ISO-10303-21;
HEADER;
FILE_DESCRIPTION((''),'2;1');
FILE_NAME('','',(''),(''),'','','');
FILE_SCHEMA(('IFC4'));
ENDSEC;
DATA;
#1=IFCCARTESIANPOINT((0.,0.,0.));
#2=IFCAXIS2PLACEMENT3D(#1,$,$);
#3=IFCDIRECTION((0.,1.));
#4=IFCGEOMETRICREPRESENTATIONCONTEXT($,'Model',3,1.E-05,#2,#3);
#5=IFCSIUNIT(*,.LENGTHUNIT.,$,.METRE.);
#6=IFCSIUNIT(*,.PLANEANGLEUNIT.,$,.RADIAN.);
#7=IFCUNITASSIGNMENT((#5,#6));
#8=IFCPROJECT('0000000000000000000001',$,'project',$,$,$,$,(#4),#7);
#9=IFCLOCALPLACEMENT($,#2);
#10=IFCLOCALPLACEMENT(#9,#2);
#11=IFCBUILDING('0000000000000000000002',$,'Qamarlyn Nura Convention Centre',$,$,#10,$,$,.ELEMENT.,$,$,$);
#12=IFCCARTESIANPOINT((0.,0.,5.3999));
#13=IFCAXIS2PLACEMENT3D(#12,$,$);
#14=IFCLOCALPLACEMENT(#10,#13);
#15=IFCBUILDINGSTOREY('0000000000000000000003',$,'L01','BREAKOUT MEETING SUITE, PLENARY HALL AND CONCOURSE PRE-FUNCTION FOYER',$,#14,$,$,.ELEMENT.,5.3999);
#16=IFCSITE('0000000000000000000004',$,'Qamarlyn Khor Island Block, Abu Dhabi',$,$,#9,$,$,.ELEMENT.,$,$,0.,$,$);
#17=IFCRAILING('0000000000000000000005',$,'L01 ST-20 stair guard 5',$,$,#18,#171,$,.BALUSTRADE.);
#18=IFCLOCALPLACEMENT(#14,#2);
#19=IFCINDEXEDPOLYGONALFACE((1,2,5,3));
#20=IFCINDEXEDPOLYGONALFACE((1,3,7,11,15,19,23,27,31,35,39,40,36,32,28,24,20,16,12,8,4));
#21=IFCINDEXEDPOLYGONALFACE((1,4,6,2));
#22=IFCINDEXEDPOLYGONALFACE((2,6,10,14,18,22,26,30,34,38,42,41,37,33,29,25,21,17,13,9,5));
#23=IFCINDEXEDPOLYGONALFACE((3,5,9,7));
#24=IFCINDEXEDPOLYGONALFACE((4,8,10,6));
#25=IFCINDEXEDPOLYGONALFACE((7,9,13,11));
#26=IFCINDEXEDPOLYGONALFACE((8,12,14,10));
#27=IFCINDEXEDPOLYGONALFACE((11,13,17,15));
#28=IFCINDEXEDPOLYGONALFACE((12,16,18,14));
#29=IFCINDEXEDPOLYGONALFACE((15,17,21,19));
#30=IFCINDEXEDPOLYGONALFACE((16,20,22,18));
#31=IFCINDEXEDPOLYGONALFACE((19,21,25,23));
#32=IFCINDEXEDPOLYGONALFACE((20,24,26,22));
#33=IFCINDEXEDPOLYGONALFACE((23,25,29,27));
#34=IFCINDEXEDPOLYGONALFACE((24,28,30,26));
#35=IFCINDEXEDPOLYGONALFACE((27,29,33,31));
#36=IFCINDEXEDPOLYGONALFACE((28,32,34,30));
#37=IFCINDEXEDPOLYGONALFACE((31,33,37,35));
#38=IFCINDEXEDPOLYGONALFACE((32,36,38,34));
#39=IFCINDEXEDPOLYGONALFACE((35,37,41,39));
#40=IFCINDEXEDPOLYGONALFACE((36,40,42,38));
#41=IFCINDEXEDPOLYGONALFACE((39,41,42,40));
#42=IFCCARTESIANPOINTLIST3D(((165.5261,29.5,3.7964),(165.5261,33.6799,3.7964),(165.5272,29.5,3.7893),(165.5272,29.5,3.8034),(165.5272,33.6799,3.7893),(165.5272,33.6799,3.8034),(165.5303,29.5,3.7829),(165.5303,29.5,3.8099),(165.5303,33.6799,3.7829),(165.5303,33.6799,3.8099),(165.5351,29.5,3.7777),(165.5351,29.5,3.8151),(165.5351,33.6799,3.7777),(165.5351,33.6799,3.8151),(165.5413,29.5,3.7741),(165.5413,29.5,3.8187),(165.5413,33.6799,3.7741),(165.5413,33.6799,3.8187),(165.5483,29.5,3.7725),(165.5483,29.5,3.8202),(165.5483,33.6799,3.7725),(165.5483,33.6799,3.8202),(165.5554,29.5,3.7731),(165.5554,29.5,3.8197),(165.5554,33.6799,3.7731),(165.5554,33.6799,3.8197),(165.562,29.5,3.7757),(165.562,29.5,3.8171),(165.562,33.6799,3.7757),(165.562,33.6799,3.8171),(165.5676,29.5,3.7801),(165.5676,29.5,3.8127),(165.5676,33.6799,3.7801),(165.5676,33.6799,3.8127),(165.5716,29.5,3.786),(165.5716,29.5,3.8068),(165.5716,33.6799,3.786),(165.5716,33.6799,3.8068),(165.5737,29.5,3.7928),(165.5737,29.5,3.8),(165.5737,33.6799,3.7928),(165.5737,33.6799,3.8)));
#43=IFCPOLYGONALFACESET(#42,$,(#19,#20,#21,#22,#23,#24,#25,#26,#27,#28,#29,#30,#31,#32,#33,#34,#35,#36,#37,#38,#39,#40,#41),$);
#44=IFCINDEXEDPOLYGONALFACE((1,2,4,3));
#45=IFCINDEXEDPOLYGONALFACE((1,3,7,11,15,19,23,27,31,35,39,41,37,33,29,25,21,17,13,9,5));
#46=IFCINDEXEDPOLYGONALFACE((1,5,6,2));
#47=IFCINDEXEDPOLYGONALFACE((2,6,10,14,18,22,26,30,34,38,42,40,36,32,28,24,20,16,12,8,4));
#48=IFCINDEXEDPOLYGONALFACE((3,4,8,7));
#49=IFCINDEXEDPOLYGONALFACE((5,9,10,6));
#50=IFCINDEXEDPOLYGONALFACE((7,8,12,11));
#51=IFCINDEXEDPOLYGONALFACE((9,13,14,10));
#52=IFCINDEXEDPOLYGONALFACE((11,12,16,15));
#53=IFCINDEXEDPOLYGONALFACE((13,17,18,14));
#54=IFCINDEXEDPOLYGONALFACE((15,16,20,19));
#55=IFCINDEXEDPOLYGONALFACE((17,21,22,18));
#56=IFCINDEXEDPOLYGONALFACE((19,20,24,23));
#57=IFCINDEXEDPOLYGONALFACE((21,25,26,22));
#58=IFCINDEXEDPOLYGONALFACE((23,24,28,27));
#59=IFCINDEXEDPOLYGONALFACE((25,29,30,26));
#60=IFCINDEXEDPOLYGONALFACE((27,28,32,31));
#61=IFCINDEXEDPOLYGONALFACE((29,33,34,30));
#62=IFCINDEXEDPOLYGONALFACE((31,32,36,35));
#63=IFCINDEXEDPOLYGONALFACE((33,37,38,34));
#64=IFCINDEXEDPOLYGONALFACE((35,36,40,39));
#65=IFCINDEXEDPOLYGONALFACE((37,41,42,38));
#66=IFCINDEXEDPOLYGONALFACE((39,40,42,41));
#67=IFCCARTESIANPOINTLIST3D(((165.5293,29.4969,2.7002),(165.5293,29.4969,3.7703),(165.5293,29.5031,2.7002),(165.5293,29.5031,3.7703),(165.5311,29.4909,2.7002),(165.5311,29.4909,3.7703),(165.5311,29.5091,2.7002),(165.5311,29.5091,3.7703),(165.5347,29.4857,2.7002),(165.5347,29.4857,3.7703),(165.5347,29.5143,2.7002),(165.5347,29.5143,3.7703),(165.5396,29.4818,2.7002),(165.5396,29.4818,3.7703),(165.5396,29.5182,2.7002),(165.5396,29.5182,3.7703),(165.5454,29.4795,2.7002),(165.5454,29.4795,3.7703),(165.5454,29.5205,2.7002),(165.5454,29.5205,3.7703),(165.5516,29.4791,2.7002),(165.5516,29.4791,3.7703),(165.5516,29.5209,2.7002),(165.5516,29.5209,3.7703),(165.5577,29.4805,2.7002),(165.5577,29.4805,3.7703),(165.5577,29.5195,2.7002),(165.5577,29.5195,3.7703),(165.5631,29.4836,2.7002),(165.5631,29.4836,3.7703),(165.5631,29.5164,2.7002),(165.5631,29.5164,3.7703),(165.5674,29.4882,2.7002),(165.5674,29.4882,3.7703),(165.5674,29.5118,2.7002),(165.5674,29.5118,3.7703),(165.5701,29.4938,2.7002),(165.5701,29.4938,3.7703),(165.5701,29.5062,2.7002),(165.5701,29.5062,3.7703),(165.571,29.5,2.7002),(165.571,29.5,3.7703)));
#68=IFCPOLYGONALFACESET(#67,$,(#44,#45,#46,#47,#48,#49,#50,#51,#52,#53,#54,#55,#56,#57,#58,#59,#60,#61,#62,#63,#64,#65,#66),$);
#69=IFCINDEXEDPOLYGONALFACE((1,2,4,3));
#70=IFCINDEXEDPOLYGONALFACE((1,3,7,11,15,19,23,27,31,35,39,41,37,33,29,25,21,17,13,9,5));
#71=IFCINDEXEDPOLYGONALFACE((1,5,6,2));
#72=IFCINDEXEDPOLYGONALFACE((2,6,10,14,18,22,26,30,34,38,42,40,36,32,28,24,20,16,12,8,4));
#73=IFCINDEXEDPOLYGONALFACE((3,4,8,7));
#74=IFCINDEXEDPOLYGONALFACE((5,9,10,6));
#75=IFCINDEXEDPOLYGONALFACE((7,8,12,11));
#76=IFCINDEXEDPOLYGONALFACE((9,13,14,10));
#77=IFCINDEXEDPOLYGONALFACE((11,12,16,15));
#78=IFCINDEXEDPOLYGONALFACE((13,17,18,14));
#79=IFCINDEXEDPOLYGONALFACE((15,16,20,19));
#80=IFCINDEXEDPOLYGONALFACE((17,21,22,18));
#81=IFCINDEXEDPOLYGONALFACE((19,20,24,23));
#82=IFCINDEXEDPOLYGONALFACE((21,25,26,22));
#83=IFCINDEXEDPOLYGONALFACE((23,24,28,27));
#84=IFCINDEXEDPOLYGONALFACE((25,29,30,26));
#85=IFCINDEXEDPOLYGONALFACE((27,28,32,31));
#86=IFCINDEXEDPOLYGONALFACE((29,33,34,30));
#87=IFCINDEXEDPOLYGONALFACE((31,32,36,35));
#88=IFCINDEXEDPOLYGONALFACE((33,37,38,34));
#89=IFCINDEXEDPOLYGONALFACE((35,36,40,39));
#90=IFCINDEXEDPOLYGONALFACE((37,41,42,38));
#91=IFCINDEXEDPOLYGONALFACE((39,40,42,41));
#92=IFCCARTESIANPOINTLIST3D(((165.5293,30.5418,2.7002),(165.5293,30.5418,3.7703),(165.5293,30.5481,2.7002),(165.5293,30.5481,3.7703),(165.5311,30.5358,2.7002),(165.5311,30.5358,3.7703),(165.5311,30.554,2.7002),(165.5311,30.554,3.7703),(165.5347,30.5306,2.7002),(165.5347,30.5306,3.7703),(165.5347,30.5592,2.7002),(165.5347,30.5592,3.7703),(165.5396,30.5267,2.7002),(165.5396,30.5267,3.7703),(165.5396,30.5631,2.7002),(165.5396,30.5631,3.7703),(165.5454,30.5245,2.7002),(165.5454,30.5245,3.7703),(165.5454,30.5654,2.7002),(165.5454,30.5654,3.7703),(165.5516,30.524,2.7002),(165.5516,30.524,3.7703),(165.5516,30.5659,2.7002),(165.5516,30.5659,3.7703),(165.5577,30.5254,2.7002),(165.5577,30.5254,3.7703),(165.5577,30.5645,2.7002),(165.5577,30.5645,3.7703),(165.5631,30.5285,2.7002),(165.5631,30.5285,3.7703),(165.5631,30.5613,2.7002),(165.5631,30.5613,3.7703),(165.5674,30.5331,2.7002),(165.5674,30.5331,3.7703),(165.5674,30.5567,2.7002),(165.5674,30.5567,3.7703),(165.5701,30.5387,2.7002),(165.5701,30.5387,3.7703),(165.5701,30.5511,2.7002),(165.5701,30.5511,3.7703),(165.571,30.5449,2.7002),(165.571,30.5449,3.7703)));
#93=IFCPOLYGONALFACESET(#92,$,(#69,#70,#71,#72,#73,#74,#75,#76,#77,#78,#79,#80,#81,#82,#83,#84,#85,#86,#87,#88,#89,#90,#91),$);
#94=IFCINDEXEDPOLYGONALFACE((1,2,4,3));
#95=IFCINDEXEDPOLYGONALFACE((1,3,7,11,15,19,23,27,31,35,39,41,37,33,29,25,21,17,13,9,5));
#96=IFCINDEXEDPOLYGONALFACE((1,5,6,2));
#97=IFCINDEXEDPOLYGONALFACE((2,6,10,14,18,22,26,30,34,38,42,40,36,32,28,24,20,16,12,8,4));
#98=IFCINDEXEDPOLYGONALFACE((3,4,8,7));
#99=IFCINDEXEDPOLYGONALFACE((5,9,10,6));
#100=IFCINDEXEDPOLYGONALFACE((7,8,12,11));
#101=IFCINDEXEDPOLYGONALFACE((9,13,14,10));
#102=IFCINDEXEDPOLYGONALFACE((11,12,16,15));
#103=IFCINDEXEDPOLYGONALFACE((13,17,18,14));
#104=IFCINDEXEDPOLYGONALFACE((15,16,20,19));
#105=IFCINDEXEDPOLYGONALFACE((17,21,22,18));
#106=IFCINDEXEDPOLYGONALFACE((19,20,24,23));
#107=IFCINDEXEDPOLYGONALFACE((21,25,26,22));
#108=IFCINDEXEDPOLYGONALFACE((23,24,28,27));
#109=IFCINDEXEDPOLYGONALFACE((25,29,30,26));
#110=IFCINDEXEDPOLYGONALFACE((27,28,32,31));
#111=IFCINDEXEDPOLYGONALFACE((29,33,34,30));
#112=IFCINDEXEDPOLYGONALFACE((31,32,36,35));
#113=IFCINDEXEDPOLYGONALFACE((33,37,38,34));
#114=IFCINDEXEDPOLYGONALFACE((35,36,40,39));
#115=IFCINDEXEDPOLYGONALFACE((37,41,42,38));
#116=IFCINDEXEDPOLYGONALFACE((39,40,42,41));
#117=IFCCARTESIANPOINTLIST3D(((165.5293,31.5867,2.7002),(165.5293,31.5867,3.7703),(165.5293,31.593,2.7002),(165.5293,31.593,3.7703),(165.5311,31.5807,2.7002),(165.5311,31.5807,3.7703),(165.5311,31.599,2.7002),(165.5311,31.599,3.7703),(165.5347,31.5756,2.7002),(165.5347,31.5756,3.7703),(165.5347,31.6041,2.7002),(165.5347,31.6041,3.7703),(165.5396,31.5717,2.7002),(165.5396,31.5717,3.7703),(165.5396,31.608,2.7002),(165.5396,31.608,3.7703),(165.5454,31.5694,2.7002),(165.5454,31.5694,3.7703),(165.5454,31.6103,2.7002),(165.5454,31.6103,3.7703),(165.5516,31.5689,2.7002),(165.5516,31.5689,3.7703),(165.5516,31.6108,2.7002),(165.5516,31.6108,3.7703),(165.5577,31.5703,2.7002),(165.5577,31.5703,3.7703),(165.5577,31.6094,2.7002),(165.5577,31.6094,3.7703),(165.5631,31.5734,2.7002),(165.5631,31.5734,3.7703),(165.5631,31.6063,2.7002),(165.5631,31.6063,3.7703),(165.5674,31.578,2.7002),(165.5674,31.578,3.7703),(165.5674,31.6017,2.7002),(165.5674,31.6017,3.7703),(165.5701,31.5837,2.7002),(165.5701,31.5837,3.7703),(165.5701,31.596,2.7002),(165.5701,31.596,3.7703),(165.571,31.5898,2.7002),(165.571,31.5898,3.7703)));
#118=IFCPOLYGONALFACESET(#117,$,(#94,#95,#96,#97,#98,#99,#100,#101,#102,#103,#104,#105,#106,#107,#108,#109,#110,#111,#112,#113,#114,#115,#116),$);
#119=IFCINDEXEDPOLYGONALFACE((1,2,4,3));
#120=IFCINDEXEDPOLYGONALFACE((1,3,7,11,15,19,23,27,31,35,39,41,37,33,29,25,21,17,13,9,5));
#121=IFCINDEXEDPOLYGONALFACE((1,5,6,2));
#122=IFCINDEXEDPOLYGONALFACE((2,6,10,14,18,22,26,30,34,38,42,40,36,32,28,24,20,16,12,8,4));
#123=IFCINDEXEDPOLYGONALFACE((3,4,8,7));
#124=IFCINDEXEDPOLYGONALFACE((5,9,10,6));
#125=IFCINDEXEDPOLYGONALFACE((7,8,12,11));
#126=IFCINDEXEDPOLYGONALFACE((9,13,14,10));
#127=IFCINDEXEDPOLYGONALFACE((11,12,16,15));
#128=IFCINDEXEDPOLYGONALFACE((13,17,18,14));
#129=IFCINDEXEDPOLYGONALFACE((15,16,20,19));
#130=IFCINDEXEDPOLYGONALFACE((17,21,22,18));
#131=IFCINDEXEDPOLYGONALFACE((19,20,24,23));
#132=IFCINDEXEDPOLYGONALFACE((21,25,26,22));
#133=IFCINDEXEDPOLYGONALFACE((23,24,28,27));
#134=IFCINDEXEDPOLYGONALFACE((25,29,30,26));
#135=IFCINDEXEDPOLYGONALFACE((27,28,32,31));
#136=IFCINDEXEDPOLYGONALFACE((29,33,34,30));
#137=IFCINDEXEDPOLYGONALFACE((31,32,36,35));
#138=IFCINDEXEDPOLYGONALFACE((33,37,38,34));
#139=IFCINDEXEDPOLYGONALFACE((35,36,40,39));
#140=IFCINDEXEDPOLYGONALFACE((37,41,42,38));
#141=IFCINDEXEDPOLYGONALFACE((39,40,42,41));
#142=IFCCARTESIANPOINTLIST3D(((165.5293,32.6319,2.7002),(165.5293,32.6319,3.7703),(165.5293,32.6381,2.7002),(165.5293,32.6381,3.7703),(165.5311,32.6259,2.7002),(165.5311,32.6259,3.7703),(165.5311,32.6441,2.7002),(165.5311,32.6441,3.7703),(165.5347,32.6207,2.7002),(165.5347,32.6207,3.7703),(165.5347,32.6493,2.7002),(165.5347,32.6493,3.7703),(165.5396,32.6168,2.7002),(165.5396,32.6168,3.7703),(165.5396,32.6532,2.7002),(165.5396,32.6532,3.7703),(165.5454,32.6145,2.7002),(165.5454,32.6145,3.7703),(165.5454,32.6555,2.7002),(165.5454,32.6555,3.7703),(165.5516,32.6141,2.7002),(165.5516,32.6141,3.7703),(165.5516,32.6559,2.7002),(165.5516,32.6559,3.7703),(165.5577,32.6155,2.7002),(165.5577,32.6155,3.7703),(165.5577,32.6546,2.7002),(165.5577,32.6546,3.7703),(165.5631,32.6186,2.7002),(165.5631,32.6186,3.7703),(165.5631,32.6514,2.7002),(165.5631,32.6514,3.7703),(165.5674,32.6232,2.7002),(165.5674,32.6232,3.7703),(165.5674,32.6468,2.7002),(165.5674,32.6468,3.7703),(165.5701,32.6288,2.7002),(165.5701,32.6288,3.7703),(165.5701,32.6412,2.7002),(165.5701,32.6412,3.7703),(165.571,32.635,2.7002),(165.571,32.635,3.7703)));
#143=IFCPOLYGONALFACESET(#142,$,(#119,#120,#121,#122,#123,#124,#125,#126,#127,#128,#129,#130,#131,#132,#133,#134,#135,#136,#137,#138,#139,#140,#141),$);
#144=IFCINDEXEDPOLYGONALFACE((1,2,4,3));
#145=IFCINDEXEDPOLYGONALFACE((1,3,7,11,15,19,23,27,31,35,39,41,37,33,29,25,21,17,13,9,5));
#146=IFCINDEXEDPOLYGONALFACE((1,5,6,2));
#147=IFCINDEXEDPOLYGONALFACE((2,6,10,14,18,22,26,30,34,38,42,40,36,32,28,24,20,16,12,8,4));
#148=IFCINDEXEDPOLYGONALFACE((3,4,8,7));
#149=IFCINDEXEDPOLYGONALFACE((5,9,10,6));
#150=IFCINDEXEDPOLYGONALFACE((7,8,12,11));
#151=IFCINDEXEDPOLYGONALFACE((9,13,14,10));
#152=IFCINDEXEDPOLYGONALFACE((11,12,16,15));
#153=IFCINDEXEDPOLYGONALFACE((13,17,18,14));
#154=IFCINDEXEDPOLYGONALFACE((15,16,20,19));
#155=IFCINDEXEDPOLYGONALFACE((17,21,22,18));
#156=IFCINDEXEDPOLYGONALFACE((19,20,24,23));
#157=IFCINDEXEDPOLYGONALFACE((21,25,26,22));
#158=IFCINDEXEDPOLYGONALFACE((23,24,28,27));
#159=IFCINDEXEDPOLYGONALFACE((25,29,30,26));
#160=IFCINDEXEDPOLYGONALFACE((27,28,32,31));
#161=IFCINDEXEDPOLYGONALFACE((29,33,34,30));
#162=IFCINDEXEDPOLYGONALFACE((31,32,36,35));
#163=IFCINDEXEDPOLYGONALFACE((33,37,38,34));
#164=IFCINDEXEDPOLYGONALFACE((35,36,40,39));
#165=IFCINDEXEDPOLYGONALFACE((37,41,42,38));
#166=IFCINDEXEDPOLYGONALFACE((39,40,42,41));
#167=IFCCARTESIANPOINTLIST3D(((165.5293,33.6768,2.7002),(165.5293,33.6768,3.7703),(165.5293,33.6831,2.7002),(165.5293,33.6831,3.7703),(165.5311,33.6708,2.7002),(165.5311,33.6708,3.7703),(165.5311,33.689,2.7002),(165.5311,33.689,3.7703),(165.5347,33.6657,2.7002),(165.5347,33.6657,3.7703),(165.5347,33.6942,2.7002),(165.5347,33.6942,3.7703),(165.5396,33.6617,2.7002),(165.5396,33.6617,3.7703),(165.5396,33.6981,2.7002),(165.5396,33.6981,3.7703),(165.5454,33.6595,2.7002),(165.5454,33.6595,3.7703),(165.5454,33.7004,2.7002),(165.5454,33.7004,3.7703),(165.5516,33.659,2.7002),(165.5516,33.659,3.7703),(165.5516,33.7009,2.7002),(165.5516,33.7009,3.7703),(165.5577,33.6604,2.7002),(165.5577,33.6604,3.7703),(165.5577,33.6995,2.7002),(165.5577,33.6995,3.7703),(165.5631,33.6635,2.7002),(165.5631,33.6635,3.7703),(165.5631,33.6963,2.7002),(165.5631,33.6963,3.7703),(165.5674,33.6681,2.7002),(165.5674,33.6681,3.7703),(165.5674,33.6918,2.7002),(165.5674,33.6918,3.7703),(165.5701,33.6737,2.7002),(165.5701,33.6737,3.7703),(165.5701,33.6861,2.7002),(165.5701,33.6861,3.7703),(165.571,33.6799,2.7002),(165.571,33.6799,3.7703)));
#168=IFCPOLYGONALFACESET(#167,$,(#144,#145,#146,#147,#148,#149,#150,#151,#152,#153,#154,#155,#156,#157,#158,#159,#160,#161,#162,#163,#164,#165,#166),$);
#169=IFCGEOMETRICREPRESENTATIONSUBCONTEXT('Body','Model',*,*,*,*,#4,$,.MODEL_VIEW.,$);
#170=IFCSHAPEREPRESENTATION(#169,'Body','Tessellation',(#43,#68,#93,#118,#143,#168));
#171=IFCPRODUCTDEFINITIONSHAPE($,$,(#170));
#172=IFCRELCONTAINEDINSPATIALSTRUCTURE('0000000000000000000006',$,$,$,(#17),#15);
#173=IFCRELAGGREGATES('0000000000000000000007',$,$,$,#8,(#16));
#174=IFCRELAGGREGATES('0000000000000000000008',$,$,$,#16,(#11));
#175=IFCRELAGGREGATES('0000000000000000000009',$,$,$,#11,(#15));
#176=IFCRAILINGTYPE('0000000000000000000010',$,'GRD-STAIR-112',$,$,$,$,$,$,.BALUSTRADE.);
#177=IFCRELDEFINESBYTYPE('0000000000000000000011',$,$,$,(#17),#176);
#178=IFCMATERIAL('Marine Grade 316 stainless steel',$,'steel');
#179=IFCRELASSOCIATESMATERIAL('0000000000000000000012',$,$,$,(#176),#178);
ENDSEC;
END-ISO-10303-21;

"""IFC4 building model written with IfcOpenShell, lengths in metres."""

from ifc_helpers import new_model, si_unit, direction, frame, origin, origin_2d, place, context, subcontext, project, spatial, circle, extrude, material, type_object, element, save


model = new_model("IFC4")

# Units and contexts
model_context = context("Model", 3, precision=1e-05, world=origin(), true_north=direction((0.0, 1.0)))
body_context = subcontext(model_context, "Body", "Model", "MODEL_VIEW")
ifc_project = project(units=[si_unit("LENGTHUNIT", "METRE"), si_unit("PLANEANGLEUNIT", "RADIAN")], contexts=[model_context])

# Site, building, storey
site_placement = place(None, origin())
site = spatial("IfcSite", under=ifc_project, at=site_placement, Name="Qamarlyn Khor Island Block, Abu Dhabi", CompositionType="ELEMENT", RefElevation=0.0)
building_placement = place(site_placement, origin())
building = spatial("IfcBuilding", under=site, at=building_placement, Name="Qamarlyn Nura Convention Centre", CompositionType="ELEMENT")
storey_placement = place(building_placement, frame((0.0, 0.0, 5.3999)))
storey = spatial("IfcBuildingStorey", under=building, at=storey_placement, Name="L01", Description="BREAKOUT MEETING SUITE, PLENARY HALL AND CONCOURSE PRE-FUNCTION FOYER", CompositionType="ELEMENT", Elevation=5.3999)

# Railing
ifc_material_1 = material(Name="Marine Grade 316 stainless steel", Category="steel")
railing_type_1 = type_object("IfcRailingType", Name="GRD-STAIR-112", PredefinedType="BALUSTRADE", material=ifc_material_1)
railing_1_placement = place(storey_placement, frame((165.55, 29.5, 2.7002)))
element("IfcRailing", 1, at=railing_1_placement, inside=storey, type_object=railing_type_1, Name="L01 ST-20 stair guard 5", PredefinedType="BALUSTRADE", context=body_context, shape_type="SweptSolid", body=[
    extrude(circle(Radius=0.0239, at=origin_2d()), frame((0.0, 0.0, 1.0962), z_axis=(0.0, 1.0, 0.0), x_axis=(-1.0, 0.0, 0.0)), (0.0, 0.0, 1.0), 4.1799),
    extrude(circle(Radius=0.021, at=origin_2d()), origin(), (0.0, 0.0, 1.0), 1.0701),
    extrude(circle(Radius=0.021, at=origin_2d()), frame((0.0, 1.0449, 0.0)), (0.0, 0.0, 1.0), 1.0701),
    extrude(circle(Radius=0.021, at=origin_2d()), frame((0.0, 2.0898, 0.0)), (0.0, 0.0, 1.0), 1.0701),
    extrude(circle(Radius=0.021, at=origin_2d()), frame((0.0, 3.135, 0.0)), (0.0, 0.0, 1.0), 1.0701),
    extrude(circle(Radius=0.021, at=origin_2d()), frame((0.0, 4.1799, 0.0)), (0.0, 0.0, 1.0), 1.0701),
])

save(model, "model.ifc")
